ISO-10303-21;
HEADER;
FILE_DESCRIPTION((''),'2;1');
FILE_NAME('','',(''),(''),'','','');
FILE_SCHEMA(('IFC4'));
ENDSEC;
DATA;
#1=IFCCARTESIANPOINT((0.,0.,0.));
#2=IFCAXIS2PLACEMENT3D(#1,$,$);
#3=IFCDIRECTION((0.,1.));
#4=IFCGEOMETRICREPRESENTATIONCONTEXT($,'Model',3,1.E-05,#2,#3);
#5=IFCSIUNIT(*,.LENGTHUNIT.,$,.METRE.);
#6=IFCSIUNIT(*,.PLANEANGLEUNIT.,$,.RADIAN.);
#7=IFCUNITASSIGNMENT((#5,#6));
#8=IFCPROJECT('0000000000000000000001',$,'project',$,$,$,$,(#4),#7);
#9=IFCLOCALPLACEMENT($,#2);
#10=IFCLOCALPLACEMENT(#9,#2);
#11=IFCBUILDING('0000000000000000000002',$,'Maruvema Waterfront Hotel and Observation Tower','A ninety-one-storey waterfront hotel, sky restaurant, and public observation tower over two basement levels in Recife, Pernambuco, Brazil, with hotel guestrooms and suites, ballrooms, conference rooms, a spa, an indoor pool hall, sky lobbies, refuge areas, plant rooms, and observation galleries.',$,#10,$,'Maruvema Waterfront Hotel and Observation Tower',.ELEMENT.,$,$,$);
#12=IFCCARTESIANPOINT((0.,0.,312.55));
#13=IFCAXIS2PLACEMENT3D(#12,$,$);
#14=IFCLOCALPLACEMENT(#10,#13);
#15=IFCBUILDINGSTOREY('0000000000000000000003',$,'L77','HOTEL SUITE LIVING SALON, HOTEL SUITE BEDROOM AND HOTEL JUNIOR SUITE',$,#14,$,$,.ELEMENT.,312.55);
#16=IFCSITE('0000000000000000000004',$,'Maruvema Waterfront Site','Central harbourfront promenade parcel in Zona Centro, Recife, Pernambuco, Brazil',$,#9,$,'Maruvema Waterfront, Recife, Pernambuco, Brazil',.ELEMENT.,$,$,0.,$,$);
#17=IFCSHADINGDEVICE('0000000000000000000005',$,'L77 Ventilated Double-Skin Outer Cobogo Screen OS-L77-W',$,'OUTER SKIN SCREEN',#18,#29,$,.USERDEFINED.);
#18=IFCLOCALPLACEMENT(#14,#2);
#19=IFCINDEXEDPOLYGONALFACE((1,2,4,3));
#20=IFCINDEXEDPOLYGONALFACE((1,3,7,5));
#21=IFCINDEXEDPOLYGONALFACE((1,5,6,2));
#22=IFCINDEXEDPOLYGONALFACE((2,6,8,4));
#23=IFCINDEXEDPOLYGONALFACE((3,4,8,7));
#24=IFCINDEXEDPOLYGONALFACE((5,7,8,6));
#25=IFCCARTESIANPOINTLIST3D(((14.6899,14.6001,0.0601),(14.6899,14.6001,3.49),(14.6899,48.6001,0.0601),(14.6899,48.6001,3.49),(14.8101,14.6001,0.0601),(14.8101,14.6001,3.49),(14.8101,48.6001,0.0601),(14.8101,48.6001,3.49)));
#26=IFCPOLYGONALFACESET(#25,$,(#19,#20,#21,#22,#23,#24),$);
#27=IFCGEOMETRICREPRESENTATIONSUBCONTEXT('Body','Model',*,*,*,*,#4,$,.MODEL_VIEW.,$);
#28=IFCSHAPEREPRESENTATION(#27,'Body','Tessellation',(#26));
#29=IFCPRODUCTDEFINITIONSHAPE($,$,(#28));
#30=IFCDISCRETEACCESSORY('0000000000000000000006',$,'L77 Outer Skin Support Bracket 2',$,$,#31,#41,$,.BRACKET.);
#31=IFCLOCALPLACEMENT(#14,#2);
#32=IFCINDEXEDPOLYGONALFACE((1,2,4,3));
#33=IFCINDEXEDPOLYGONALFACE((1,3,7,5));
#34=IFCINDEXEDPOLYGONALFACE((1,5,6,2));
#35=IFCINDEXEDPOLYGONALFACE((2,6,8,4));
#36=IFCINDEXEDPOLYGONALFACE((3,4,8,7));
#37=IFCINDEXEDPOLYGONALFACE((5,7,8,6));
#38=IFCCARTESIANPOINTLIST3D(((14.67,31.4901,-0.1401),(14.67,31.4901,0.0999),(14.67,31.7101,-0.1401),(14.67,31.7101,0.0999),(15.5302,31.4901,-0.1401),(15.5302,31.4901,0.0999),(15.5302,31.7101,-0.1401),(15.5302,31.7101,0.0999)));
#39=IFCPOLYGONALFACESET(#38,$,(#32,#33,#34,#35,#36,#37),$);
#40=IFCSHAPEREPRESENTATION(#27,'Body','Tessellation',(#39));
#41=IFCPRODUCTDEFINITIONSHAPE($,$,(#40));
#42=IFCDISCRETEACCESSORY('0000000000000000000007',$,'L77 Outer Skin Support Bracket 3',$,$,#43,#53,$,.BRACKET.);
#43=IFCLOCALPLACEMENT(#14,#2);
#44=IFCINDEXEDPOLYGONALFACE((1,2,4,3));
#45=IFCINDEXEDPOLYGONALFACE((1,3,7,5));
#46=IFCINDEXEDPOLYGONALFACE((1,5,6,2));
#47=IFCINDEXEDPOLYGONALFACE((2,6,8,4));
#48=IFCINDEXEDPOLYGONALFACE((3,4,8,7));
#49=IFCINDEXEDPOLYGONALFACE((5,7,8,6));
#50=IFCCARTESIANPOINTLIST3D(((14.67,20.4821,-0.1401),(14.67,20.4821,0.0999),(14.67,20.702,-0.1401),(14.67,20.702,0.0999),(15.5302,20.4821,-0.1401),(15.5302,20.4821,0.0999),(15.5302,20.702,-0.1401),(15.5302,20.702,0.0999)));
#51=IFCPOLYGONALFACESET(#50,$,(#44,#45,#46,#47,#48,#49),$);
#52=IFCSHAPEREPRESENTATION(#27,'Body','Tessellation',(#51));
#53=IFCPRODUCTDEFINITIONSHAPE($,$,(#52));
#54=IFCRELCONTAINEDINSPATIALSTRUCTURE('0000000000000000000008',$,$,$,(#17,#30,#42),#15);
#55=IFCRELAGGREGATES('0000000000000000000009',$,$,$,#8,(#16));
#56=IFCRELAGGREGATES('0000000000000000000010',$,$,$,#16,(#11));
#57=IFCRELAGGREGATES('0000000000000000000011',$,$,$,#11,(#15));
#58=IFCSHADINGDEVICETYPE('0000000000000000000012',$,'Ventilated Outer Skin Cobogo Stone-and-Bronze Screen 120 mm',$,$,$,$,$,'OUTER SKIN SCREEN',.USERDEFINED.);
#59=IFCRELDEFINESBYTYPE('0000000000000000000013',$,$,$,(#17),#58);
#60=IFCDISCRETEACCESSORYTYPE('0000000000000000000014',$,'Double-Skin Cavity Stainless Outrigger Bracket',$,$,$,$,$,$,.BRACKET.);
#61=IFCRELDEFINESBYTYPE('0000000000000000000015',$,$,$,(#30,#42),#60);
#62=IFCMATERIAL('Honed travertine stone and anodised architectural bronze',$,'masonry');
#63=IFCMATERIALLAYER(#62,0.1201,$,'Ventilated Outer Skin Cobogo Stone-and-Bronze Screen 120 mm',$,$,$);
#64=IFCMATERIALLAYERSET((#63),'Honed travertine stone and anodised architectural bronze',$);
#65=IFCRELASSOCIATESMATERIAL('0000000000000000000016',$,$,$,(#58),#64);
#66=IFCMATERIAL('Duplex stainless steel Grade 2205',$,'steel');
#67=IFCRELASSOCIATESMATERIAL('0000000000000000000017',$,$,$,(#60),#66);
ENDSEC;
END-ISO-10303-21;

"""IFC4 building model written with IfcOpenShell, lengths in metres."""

from ifc_helpers import new_model, si_unit, direction, frame, origin, origin_2d, place, context, subcontext, project, spatial, rectangle, extrude, material, layer, layer_set, type_object, element, save


model = new_model("IFC4")

# Units and contexts
model_context = context("Model", 3, precision=1e-05, world=origin(), true_north=direction((0.0, 1.0)))
body_context = subcontext(model_context, "Body", "Model", "MODEL_VIEW")
ifc_project = project(units=[si_unit("LENGTHUNIT", "METRE"), si_unit("PLANEANGLEUNIT", "RADIAN")], contexts=[model_context])

# Site, building, storey
site_placement = place(None, origin())
site = spatial("IfcSite", under=ifc_project, at=site_placement, Name="Maruvema Waterfront Site", Description="Central harbourfront promenade parcel in Zona Centro, Recife, Pernambuco, Brazil", LongName="Maruvema Waterfront, Recife, Pernambuco, Brazil", CompositionType="ELEMENT", RefElevation=0.0)
building_placement = place(site_placement, origin())
building = spatial("IfcBuilding", under=site, at=building_placement, Name="Maruvema Waterfront Hotel and Observation Tower", Description="A ninety-one-storey waterfront hotel, sky restaurant, and public observation tower over two basement levels in Recife, Pernambuco, Brazil, with hotel guestrooms and suites, ballrooms, conference rooms, a spa, an indoor pool hall, sky lobbies, refuge areas, plant rooms, and observation galleries.", LongName="Maruvema Waterfront Hotel and Observation Tower", CompositionType="ELEMENT")
storey_placement = place(building_placement, frame((0.0, 0.0, 312.55)))
storey = spatial("IfcBuildingStorey", under=building, at=storey_placement, Name="L77", Description="HOTEL SUITE LIVING SALON, HOTEL SUITE BEDROOM AND HOTEL JUNIOR SUITE", CompositionType="ELEMENT", Elevation=312.55)

# Shading device
ifc_material_1 = material(Name="Honed travertine stone and anodised architectural bronze", Category="masonry")
ifc_layer_1 = layer(ifc_material_1, 0.1201, Name="Ventilated Outer Skin Cobogo Stone-and-Bronze Screen 120 mm")
ifc_layer_set_1 = layer_set([ifc_layer_1], Name="Honed travertine stone and anodised architectural bronze")
shading_device_type = type_object("IfcShadingDeviceType", Name="Ventilated Outer Skin Cobogo Stone-and-Bronze Screen 120 mm", ElementType="OUTER SKIN SCREEN", PredefinedType="USERDEFINED", material=ifc_layer_set_1)
shading_device_placement = place(storey_placement, frame((14.75, 31.6001, 0.0601), z_axis=(0.0, 0.0, 1.0), x_axis=(0.0, -1.0, 0.0)))
element("IfcShadingDevice", 1, at=shading_device_placement, inside=storey, type_object=shading_device_type, Name="L77 Ventilated Double-Skin Outer Cobogo Screen OS-L77-W", ObjectType="OUTER SKIN SCREEN", PredefinedType="USERDEFINED", context=body_context, shape_type="SweptSolid", body=[
    extrude(rectangle(XDim=34.0, YDim=0.1201, at=origin_2d()), origin(), (0.0, 0.0, 1.0), 3.4299),
])

# Discrete accessories
ifc_material_2 = material(Name="Duplex stainless steel Grade 2205", Category="steel")
discrete_accessory_type = type_object("IfcDiscreteAccessoryType", Name="Double-Skin Cavity Stainless Outrigger Bracket", PredefinedType="BRACKET", material=ifc_material_2)
for number, where, z_axis, x_axis, name in (
    (2, (15.1001, 31.6001, -0.1401), (0.0, 0.0, 1.0), (0.0, -1.0, 0.0), "L77 Outer Skin Support Bracket 2"),
    (3, (15.1001, 20.592, -0.1401), (0.0, 0.0, 1.0), (0.0, -1.0, 0.0), "L77 Outer Skin Support Bracket 3"),
):
    element("IfcDiscreteAccessory", number, at=place(storey_placement, frame(where, z_axis=z_axis, x_axis=x_axis)), inside=storey, type_object=discrete_accessory_type, Name=name, PredefinedType="BRACKET", context=body_context, shape_type="SweptSolid", body=[
        extrude(rectangle(XDim=0.22, YDim=0.8601, at=origin_2d()), origin(), (0.0, 0.0, 1.0), 0.24),
    ])

save(model, "model.ifc")
